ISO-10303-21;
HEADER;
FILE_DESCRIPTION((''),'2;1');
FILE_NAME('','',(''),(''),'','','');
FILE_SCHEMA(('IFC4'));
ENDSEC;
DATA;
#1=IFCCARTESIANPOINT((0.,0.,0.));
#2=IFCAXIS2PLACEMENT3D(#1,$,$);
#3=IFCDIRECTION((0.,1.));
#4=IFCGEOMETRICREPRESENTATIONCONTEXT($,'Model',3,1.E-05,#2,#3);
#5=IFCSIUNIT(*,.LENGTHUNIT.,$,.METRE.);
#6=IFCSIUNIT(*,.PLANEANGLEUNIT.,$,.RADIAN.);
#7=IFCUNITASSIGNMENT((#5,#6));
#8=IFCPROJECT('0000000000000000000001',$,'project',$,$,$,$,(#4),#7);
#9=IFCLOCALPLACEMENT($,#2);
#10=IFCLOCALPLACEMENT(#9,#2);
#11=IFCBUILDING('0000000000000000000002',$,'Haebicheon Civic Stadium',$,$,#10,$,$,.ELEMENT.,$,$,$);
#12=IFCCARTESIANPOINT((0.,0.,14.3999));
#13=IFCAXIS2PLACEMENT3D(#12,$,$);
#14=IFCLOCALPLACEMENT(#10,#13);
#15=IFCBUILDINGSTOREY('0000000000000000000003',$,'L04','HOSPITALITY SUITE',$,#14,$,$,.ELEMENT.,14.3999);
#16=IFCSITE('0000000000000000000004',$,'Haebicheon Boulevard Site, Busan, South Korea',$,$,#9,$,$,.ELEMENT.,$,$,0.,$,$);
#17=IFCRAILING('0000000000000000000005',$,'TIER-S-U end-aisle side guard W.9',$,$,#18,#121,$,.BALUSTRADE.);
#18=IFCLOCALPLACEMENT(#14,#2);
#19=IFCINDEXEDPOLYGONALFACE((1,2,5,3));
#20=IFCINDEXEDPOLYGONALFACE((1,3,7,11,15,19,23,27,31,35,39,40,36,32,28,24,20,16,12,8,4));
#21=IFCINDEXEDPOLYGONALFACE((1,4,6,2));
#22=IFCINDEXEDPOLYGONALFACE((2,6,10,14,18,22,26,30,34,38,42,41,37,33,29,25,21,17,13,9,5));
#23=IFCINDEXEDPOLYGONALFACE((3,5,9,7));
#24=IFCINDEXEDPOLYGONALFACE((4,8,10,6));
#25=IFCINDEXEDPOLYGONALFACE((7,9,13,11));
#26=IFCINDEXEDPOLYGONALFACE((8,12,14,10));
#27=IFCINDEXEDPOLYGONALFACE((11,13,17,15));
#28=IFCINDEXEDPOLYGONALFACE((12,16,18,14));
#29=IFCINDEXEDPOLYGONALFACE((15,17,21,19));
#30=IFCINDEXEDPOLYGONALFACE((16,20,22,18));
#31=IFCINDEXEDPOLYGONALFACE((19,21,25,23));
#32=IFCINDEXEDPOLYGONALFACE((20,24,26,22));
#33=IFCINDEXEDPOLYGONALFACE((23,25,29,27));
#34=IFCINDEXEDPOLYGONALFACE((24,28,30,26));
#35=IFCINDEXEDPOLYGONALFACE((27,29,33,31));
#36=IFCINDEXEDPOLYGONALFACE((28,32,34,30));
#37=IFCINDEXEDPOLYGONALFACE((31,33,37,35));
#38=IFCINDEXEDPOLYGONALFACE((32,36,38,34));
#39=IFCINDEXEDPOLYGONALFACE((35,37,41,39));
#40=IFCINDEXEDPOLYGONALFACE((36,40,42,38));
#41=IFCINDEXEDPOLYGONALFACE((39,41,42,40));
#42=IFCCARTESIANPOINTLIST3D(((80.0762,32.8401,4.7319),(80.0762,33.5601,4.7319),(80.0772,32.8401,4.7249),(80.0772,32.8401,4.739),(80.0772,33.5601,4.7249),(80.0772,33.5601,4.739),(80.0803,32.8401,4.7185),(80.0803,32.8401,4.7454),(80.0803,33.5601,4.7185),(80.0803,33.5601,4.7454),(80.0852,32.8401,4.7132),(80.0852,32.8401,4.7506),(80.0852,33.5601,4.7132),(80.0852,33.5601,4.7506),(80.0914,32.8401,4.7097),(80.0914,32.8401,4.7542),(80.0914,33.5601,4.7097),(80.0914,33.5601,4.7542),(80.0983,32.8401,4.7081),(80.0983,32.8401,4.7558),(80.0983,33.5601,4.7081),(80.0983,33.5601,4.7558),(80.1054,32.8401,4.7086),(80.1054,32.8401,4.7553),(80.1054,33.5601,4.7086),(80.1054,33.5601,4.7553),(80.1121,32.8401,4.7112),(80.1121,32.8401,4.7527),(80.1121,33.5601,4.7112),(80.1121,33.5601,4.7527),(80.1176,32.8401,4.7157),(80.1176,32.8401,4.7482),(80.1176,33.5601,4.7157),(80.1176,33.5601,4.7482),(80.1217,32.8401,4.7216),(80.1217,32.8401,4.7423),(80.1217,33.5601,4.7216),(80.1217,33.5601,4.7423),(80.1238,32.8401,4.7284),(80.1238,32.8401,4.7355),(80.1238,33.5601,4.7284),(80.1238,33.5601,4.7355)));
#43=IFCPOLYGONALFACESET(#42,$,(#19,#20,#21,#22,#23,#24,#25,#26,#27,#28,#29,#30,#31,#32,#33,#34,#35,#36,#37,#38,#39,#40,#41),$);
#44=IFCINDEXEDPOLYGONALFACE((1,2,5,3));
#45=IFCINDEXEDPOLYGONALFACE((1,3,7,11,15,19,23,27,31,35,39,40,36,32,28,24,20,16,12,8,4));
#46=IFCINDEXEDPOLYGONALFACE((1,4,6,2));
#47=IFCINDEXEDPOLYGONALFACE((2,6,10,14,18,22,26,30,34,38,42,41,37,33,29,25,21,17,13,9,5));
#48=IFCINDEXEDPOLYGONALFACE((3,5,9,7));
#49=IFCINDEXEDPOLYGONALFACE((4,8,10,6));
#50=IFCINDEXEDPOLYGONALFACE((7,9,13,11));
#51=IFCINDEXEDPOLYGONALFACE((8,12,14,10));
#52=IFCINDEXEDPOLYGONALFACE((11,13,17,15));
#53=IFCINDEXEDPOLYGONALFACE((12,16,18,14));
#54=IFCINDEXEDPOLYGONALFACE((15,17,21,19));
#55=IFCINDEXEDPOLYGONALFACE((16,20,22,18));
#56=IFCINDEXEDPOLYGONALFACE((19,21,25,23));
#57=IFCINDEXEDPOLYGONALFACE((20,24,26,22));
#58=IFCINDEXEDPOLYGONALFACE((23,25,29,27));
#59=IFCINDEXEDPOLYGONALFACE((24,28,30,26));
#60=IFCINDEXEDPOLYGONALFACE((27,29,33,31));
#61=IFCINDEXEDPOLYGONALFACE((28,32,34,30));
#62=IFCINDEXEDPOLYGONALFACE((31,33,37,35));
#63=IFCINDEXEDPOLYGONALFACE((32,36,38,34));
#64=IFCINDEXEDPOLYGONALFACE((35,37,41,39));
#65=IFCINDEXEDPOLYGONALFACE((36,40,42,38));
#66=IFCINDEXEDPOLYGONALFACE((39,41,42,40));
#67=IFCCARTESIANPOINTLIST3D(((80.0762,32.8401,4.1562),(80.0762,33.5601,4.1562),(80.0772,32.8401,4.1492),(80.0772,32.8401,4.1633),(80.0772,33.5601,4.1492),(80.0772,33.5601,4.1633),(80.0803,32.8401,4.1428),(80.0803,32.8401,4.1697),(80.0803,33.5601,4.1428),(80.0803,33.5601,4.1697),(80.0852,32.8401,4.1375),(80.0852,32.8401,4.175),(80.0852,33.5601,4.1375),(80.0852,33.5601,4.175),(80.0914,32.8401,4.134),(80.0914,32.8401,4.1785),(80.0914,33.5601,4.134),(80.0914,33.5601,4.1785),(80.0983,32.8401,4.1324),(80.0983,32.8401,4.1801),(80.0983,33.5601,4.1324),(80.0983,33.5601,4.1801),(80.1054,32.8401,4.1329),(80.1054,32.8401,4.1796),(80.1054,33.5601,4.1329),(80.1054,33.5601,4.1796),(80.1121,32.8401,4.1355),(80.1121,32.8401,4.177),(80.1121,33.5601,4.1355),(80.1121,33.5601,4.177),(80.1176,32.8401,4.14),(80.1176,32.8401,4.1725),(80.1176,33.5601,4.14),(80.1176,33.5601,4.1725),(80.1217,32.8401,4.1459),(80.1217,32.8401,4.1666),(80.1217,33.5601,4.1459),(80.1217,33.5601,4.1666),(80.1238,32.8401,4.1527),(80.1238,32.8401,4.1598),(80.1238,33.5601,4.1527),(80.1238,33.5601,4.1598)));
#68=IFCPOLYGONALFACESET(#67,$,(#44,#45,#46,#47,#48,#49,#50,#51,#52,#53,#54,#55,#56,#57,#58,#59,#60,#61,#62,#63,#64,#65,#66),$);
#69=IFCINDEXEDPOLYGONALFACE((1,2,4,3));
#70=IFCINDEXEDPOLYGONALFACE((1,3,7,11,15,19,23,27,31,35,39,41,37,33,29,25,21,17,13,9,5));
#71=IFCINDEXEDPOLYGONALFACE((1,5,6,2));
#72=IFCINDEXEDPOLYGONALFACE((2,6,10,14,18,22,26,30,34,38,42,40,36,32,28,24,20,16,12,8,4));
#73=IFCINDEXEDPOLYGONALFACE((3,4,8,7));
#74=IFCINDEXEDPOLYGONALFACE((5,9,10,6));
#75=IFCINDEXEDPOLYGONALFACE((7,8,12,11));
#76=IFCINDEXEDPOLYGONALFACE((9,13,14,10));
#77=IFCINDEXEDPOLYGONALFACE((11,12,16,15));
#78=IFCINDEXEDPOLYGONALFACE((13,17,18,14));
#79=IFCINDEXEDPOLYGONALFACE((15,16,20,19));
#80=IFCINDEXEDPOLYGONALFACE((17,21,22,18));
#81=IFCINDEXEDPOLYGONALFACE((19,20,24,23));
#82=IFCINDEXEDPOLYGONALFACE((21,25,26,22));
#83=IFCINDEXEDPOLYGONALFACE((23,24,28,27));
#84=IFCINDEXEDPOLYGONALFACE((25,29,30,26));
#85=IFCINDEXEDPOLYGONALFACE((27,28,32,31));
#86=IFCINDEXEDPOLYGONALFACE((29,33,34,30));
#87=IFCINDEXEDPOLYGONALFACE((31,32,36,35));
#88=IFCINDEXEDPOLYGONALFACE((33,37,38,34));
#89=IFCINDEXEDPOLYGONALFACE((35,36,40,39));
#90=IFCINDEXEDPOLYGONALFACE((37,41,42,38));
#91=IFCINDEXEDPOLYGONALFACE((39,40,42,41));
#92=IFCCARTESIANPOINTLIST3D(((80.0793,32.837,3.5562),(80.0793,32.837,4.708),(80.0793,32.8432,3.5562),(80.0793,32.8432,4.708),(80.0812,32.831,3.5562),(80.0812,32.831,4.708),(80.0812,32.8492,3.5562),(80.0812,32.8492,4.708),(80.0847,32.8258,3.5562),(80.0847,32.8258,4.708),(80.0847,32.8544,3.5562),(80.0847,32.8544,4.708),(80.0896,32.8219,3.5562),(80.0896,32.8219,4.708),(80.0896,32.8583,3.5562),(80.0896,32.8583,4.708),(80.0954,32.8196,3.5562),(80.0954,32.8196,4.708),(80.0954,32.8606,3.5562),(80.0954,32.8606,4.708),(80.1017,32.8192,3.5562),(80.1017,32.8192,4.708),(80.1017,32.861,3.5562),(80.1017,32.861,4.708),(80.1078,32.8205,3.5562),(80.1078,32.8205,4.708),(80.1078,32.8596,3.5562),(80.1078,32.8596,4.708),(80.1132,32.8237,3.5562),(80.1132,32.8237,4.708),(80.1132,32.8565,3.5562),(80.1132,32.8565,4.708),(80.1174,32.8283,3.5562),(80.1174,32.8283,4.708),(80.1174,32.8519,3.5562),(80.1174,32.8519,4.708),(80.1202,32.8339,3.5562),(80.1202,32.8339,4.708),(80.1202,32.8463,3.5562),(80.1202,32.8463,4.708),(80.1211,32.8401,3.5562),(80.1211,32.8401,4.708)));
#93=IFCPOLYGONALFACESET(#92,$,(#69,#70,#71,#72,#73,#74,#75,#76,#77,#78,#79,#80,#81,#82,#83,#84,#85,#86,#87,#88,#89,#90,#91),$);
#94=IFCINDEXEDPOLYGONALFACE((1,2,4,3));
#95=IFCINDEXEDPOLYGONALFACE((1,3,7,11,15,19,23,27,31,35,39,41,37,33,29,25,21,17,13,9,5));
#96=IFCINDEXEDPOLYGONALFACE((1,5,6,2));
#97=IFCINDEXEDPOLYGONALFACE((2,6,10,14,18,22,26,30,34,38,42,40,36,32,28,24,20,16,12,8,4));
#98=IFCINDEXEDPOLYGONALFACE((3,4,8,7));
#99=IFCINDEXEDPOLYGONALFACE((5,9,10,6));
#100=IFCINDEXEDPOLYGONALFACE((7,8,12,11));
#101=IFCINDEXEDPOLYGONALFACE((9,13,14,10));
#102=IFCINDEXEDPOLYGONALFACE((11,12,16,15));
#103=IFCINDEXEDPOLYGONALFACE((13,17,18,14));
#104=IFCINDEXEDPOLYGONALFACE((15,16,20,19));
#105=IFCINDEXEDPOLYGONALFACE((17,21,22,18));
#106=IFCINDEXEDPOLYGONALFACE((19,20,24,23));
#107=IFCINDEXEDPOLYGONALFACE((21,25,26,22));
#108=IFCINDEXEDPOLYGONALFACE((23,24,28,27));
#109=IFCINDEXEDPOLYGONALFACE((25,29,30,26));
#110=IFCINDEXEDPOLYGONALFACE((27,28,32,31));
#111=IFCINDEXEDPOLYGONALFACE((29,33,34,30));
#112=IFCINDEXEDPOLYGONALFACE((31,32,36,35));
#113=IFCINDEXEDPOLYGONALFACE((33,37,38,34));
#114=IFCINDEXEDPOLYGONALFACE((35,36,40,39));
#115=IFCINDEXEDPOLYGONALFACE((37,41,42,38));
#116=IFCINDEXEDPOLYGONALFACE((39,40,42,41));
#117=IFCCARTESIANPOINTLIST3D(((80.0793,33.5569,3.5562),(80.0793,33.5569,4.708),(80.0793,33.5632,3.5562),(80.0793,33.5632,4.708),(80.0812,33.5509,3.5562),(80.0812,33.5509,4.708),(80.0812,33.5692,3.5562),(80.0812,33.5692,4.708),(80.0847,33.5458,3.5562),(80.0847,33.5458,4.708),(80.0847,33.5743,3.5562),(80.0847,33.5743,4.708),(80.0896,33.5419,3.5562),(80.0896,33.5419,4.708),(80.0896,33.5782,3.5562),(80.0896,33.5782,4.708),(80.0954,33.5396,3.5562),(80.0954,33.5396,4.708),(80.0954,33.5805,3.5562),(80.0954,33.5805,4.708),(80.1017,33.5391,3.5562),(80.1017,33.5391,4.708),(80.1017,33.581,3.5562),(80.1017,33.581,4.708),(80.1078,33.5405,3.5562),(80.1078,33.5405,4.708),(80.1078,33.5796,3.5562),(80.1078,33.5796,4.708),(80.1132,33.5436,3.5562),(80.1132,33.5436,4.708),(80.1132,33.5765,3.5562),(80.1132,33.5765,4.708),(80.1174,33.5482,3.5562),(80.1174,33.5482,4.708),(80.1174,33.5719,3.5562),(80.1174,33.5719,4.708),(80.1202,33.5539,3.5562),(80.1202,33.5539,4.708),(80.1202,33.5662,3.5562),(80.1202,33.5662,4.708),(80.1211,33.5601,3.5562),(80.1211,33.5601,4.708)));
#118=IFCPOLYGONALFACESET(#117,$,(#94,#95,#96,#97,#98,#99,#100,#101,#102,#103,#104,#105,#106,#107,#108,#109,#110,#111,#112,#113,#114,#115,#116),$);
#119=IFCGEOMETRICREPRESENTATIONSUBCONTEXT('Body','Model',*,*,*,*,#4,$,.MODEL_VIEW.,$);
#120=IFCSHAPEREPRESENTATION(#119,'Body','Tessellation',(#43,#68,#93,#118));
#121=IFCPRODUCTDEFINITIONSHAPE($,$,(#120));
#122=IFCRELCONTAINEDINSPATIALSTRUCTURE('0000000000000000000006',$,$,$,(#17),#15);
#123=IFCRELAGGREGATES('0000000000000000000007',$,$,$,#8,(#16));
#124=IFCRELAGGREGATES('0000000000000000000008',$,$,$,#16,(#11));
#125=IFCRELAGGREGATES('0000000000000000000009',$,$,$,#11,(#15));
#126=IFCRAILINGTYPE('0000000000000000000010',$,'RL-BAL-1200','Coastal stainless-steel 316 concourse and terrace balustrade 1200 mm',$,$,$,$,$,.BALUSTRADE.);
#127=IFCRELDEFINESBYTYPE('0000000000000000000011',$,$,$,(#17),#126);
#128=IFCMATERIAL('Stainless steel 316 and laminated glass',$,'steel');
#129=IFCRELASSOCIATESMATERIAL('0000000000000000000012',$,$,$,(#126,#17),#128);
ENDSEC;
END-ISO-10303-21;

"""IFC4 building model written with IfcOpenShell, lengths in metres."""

from ifc_helpers import new_model, si_unit, direction, frame, origin, origin_2d, place, context, subcontext, project, spatial, circle, extrude, material, type_object, element, save


model = new_model("IFC4")

# Units and contexts
model_context = context("Model", 3, precision=1e-05, world=origin(), true_north=direction((0.0, 1.0)))
body_context = subcontext(model_context, "Body", "Model", "MODEL_VIEW")
ifc_project = project(units=[si_unit("LENGTHUNIT", "METRE"), si_unit("PLANEANGLEUNIT", "RADIAN")], contexts=[model_context])

# Site, building, storey
site_placement = place(None, origin())
site = spatial("IfcSite", under=ifc_project, at=site_placement, Name="Haebicheon Boulevard Site, Busan, South Korea", CompositionType="ELEMENT", RefElevation=0.0)
building_placement = place(site_placement, origin())
building = spatial("IfcBuilding", under=site, at=building_placement, Name="Haebicheon Civic Stadium", CompositionType="ELEMENT")
storey_placement = place(building_placement, frame((0.0, 0.0, 14.3999)))
storey = spatial("IfcBuildingStorey", under=building, at=storey_placement, Name="L04", Description="HOSPITALITY SUITE", CompositionType="ELEMENT", Elevation=14.3999)

# Railing
ifc_material_1 = material(Name="Stainless steel 316 and laminated glass", Category="steel")
railing_type = type_object("IfcRailingType", Name="RL-BAL-1200", Description="Coastal stainless-steel 316 concourse and terrace balustrade 1200 mm", PredefinedType="BALUSTRADE", material=ifc_material_1)
railing_1_placement = place(storey_placement, frame((80.1001, 32.8401, 3.5562)))
element("IfcRailing", 1, at=railing_1_placement, inside=storey, type_object=railing_type, material=ifc_material_1, Name="TIER-S-U end-aisle side guard W.9", PredefinedType="BALUSTRADE", context=body_context, shape_type="SweptSolid", body=[
    extrude(circle(Radius=0.0239, at=origin_2d()), frame((0.0, 0.0, 1.1758), z_axis=(0.0, 1.0, 0.0), x_axis=(-1.0, 0.0, 0.0)), (0.0, 0.0, 1.0), 0.72),
    extrude(circle(Radius=0.0239, at=origin_2d()), frame((0.0, 0.0, 0.6001), z_axis=(0.0, 1.0, 0.0), x_axis=(-1.0, 0.0, 0.0)), (0.0, 0.0, 1.0), 0.72),
    extrude(circle(Radius=0.021, at=origin_2d()), origin(), (0.0, 0.0, 1.0), 1.1519),
    extrude(circle(Radius=0.021, at=origin_2d()), frame((0.0, 0.72, 0.0)), (0.0, 0.0, 1.0), 1.1519),
])

save(model, "model.ifc")
